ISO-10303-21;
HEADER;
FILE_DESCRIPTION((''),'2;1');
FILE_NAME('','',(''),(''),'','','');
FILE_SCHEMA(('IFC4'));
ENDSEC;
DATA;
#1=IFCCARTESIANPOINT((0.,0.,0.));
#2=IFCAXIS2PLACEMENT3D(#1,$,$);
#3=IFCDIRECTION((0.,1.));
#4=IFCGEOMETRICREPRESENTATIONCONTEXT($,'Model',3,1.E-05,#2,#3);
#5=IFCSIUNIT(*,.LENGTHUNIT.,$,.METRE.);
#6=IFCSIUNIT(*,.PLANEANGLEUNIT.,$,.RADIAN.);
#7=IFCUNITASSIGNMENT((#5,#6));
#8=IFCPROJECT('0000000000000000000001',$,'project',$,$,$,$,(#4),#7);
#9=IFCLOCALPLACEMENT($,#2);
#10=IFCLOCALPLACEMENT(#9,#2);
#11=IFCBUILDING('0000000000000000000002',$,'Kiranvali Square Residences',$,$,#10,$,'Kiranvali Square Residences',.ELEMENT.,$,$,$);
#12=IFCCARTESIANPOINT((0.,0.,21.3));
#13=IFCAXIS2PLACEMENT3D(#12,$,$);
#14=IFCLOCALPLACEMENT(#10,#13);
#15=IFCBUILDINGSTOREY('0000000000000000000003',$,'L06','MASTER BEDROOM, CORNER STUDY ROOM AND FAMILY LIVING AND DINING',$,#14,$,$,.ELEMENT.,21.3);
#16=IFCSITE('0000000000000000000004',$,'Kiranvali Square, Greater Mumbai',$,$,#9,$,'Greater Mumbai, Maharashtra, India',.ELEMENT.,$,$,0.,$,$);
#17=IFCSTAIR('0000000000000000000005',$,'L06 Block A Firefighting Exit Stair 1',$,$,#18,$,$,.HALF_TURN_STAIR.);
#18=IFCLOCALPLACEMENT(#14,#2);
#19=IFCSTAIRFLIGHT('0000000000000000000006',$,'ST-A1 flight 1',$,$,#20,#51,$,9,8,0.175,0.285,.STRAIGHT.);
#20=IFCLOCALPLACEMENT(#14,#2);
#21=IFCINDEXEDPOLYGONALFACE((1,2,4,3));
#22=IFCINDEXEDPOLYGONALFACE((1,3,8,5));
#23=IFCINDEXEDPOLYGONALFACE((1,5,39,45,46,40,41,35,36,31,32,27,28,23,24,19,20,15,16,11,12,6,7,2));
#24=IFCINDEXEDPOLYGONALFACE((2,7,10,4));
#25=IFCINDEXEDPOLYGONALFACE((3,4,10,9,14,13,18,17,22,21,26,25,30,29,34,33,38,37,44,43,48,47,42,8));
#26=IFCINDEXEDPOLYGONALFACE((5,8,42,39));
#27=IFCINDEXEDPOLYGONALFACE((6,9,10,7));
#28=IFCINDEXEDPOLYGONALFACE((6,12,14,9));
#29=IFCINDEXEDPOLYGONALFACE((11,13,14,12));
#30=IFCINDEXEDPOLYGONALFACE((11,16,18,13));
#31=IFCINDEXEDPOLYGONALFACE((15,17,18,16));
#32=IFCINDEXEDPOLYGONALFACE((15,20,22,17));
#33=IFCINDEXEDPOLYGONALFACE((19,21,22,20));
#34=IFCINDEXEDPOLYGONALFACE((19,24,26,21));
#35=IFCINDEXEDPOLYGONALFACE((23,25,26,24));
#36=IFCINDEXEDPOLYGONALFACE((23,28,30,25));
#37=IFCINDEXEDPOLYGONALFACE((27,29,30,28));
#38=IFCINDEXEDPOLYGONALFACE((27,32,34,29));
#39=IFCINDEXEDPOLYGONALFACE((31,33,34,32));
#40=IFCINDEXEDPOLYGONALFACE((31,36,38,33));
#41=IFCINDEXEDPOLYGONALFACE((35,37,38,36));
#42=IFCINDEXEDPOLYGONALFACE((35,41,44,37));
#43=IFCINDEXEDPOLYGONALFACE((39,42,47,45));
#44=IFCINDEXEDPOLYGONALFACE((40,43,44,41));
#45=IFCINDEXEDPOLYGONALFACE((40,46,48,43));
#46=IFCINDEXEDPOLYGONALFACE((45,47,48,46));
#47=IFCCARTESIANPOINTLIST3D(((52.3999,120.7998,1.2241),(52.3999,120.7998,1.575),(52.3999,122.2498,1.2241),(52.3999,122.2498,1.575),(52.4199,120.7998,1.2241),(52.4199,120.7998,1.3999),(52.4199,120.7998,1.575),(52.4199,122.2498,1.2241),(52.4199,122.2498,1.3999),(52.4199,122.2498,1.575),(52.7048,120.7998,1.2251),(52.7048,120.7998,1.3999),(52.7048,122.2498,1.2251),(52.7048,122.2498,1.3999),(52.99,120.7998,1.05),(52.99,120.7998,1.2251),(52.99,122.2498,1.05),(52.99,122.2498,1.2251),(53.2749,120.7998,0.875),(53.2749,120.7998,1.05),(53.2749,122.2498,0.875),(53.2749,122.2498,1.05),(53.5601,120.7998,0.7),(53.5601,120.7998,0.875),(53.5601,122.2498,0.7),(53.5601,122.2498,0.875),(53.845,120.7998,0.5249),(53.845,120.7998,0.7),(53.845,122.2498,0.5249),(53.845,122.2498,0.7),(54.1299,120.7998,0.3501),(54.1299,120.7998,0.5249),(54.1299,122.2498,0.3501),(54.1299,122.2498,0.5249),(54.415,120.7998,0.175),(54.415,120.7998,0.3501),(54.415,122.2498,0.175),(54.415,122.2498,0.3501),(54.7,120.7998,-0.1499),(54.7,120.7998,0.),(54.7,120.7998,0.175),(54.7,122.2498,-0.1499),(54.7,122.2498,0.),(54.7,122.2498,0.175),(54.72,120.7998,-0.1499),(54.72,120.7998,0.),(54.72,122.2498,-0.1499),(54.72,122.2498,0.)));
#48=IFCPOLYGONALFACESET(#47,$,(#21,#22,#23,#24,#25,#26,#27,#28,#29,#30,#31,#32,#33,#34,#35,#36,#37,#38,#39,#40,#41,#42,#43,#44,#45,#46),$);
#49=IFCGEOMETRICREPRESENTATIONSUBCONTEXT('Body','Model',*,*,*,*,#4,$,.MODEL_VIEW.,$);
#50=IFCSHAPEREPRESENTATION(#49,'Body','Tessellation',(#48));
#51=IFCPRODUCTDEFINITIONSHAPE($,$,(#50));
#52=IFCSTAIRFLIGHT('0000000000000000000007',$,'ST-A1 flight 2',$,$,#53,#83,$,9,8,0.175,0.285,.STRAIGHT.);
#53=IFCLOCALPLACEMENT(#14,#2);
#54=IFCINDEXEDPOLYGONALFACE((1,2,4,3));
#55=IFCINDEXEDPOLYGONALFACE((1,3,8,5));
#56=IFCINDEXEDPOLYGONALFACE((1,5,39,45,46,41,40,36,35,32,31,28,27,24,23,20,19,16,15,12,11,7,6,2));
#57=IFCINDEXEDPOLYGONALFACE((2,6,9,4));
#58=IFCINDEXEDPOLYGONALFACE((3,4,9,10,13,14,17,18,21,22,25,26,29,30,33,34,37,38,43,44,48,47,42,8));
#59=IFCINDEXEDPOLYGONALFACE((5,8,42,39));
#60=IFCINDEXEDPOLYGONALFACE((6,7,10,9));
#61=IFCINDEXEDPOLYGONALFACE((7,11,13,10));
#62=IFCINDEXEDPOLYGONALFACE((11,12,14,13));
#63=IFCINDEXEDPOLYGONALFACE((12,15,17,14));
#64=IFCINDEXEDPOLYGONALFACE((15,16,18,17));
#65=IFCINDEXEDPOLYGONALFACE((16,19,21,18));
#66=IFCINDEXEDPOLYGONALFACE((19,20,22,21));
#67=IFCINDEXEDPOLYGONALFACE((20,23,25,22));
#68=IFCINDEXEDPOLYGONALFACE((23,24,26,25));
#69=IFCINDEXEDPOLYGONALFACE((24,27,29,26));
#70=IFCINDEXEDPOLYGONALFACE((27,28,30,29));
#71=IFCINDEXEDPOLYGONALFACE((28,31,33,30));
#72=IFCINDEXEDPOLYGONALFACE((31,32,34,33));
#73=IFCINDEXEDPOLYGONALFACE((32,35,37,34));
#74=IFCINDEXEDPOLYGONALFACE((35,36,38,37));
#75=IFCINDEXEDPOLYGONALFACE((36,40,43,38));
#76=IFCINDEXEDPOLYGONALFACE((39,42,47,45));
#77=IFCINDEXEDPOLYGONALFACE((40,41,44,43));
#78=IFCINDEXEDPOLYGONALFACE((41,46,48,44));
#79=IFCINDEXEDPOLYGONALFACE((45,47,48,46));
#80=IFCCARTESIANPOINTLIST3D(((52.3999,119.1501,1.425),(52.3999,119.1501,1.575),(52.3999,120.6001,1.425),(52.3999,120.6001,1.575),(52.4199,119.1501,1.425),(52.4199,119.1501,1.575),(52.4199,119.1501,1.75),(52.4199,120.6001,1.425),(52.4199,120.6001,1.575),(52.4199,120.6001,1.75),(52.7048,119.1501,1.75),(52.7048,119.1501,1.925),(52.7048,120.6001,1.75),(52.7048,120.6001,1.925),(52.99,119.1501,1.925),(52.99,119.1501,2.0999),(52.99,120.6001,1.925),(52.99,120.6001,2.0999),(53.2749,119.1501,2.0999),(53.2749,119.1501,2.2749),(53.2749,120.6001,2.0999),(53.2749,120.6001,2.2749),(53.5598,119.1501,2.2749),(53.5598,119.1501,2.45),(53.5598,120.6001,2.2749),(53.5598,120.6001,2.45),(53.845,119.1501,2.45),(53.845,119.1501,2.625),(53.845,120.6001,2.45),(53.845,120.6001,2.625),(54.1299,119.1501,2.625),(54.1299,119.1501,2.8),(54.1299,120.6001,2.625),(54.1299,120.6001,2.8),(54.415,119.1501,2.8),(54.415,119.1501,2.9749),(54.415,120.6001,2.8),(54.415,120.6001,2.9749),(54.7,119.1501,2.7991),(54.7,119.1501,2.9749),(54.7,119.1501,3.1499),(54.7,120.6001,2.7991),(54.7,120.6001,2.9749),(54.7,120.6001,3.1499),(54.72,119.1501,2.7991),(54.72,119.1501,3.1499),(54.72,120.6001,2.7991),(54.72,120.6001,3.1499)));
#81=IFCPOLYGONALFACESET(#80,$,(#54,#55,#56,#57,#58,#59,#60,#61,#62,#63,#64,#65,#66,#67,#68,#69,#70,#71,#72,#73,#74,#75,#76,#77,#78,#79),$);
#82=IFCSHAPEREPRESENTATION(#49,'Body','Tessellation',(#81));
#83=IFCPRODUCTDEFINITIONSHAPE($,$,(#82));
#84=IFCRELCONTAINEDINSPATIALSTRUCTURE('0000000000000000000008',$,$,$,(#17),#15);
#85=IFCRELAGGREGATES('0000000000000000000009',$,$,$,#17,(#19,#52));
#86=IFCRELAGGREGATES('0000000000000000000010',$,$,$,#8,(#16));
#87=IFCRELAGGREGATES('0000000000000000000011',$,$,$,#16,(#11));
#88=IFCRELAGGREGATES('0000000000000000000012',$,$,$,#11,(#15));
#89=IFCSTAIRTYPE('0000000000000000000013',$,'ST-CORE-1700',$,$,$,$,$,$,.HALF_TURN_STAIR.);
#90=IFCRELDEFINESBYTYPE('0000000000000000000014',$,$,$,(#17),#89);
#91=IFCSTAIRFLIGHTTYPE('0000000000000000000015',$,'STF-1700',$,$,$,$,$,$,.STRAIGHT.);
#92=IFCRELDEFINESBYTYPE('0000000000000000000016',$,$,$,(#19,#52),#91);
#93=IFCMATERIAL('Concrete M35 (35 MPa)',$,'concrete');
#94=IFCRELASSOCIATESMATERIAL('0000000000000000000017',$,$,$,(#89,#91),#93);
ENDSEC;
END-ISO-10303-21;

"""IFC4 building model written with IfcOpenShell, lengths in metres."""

from ifc_helpers import new_model, si_unit, direction, frame, origin, place, context, subcontext, project, spatial, polyline, outline, extrude, material, type_object, element, aggregate, save


model = new_model("IFC4")

# Units and contexts
model_context = context("Model", 3, precision=1e-05, world=origin(), true_north=direction((0.0, 1.0)))
body_context = subcontext(model_context, "Body", "Model", "MODEL_VIEW")
ifc_project = project(units=[si_unit("LENGTHUNIT", "METRE"), si_unit("PLANEANGLEUNIT", "RADIAN")], contexts=[model_context])

# Site, building, storey
site_placement = place(None, origin())
site = spatial("IfcSite", under=ifc_project, at=site_placement, Name="Kiranvali Square, Greater Mumbai", LongName="Greater Mumbai, Maharashtra, India", CompositionType="ELEMENT", RefElevation=0.0)
building_placement = place(site_placement, origin())
building = spatial("IfcBuilding", under=site, at=building_placement, Name="Kiranvali Square Residences", LongName="Kiranvali Square Residences", CompositionType="ELEMENT")
storey_placement = place(building_placement, frame((0.0, 0.0, 21.3)))
storey = spatial("IfcBuildingStorey", under=building, at=storey_placement, Name="L06", Description="MASTER BEDROOM, CORNER STUDY ROOM AND FAMILY LIVING AND DINING", CompositionType="ELEMENT", Elevation=21.3)

# Stair, stair flights
ifc_material_1 = material(Name="Concrete M35 (35 MPa)", Category="concrete")
stair_type = type_object("IfcStairType", Name="ST-CORE-1700", PredefinedType="HALF_TURN_STAIR", material=ifc_material_1)
stair_placement = place(storey_placement, origin())
stair = element("IfcStair", 1, at=stair_placement, inside=storey, type_object=stair_type, Name="L06 Block A Firefighting Exit Stair 1", PredefinedType="HALF_TURN_STAIR")
stair_flight_type = type_object("IfcStairFlightType", Name="STF-1700", PredefinedType="STRAIGHT", material=ifc_material_1)
stair_flight_1_placement = place(storey_placement, frame((54.7, 121.5249, 0.0), z_axis=(0.0, 0.0, 1.0), x_axis=(-1.0, 0.0, 0.0)))
stair_flight_1 = element("IfcStairFlight", 2, at=stair_flight_1_placement, type_object=stair_flight_type, Name="ST-A1 flight 1", NumberOfRisers=9, NumberOfTreads=8, PredefinedType="STRAIGHT", RiserHeight=0.175, TreadLength=0.285, context=body_context, shape_type="SweptSolid", body=[
    extrude(outline(polyline([(-0.02, -0.1499), (-0.02, 0.0), (0.0, 0.0), (0.0, 0.175), (0.2849, 0.175), (0.2849, 0.3501), (0.5701, 0.3501), (0.5701, 0.5249), (0.855, 0.5249), (0.855, 0.7), (1.1399, 0.7), (1.1399, 0.875), (1.425, 0.875), (1.425, 1.05), (1.71, 1.05), (1.71, 1.2251), (1.9951, 1.2251), (1.9951, 1.3999), (2.28, 1.3999), (2.28, 1.575), (2.3, 1.575), (2.3, 1.2241), (2.28, 1.2241), (0.0, -0.1499), (-0.02, -0.1499)])), frame((0.0, 0.7251, 0.0), z_axis=(0.0, -1.0, 0.0), x_axis=(1.0, 0.0, 0.0)), (0.0, 0.0, 1.0), 1.45),
])
stair_flight_2_placement = place(storey_placement, frame((52.4199, 119.875, 1.575), z_axis=(0.0, 0.0, 1.0), x_axis=(1.0, 0.0, 0.0)))
stair_flight_2 = element("IfcStairFlight", 3, at=stair_flight_2_placement, type_object=stair_flight_type, Name="ST-A1 flight 2", NumberOfRisers=9, NumberOfTreads=8, PredefinedType="STRAIGHT", RiserHeight=0.175, TreadLength=0.285, context=body_context, shape_type="SweptSolid", body=[
    extrude(outline(polyline([(-0.02, -0.1499), (-0.02, 0.0), (0.0, 0.0), (0.0, 0.175), (0.2849, 0.175), (0.2849, 0.3501), (0.5701, 0.3501), (0.5701, 0.5249), (0.855, 0.5249), (0.855, 0.7), (1.1399, 0.7), (1.1399, 0.875), (1.425, 0.875), (1.425, 1.05), (1.71, 1.05), (1.71, 1.2251), (1.9951, 1.2251), (1.9951, 1.3999), (2.28, 1.3999), (2.28, 1.575), (2.3, 1.575), (2.3, 1.2241), (2.28, 1.2241), (0.0, -0.1499), (-0.02, -0.1499)])), frame((0.0, 0.7251, 0.0), z_axis=(0.0, -1.0, 0.0), x_axis=(1.0, 0.0, 0.0)), (0.0, 0.0, 1.0), 1.45),
])
aggregate(stair, [stair_flight_1, stair_flight_2])

save(model, "model.ifc")
